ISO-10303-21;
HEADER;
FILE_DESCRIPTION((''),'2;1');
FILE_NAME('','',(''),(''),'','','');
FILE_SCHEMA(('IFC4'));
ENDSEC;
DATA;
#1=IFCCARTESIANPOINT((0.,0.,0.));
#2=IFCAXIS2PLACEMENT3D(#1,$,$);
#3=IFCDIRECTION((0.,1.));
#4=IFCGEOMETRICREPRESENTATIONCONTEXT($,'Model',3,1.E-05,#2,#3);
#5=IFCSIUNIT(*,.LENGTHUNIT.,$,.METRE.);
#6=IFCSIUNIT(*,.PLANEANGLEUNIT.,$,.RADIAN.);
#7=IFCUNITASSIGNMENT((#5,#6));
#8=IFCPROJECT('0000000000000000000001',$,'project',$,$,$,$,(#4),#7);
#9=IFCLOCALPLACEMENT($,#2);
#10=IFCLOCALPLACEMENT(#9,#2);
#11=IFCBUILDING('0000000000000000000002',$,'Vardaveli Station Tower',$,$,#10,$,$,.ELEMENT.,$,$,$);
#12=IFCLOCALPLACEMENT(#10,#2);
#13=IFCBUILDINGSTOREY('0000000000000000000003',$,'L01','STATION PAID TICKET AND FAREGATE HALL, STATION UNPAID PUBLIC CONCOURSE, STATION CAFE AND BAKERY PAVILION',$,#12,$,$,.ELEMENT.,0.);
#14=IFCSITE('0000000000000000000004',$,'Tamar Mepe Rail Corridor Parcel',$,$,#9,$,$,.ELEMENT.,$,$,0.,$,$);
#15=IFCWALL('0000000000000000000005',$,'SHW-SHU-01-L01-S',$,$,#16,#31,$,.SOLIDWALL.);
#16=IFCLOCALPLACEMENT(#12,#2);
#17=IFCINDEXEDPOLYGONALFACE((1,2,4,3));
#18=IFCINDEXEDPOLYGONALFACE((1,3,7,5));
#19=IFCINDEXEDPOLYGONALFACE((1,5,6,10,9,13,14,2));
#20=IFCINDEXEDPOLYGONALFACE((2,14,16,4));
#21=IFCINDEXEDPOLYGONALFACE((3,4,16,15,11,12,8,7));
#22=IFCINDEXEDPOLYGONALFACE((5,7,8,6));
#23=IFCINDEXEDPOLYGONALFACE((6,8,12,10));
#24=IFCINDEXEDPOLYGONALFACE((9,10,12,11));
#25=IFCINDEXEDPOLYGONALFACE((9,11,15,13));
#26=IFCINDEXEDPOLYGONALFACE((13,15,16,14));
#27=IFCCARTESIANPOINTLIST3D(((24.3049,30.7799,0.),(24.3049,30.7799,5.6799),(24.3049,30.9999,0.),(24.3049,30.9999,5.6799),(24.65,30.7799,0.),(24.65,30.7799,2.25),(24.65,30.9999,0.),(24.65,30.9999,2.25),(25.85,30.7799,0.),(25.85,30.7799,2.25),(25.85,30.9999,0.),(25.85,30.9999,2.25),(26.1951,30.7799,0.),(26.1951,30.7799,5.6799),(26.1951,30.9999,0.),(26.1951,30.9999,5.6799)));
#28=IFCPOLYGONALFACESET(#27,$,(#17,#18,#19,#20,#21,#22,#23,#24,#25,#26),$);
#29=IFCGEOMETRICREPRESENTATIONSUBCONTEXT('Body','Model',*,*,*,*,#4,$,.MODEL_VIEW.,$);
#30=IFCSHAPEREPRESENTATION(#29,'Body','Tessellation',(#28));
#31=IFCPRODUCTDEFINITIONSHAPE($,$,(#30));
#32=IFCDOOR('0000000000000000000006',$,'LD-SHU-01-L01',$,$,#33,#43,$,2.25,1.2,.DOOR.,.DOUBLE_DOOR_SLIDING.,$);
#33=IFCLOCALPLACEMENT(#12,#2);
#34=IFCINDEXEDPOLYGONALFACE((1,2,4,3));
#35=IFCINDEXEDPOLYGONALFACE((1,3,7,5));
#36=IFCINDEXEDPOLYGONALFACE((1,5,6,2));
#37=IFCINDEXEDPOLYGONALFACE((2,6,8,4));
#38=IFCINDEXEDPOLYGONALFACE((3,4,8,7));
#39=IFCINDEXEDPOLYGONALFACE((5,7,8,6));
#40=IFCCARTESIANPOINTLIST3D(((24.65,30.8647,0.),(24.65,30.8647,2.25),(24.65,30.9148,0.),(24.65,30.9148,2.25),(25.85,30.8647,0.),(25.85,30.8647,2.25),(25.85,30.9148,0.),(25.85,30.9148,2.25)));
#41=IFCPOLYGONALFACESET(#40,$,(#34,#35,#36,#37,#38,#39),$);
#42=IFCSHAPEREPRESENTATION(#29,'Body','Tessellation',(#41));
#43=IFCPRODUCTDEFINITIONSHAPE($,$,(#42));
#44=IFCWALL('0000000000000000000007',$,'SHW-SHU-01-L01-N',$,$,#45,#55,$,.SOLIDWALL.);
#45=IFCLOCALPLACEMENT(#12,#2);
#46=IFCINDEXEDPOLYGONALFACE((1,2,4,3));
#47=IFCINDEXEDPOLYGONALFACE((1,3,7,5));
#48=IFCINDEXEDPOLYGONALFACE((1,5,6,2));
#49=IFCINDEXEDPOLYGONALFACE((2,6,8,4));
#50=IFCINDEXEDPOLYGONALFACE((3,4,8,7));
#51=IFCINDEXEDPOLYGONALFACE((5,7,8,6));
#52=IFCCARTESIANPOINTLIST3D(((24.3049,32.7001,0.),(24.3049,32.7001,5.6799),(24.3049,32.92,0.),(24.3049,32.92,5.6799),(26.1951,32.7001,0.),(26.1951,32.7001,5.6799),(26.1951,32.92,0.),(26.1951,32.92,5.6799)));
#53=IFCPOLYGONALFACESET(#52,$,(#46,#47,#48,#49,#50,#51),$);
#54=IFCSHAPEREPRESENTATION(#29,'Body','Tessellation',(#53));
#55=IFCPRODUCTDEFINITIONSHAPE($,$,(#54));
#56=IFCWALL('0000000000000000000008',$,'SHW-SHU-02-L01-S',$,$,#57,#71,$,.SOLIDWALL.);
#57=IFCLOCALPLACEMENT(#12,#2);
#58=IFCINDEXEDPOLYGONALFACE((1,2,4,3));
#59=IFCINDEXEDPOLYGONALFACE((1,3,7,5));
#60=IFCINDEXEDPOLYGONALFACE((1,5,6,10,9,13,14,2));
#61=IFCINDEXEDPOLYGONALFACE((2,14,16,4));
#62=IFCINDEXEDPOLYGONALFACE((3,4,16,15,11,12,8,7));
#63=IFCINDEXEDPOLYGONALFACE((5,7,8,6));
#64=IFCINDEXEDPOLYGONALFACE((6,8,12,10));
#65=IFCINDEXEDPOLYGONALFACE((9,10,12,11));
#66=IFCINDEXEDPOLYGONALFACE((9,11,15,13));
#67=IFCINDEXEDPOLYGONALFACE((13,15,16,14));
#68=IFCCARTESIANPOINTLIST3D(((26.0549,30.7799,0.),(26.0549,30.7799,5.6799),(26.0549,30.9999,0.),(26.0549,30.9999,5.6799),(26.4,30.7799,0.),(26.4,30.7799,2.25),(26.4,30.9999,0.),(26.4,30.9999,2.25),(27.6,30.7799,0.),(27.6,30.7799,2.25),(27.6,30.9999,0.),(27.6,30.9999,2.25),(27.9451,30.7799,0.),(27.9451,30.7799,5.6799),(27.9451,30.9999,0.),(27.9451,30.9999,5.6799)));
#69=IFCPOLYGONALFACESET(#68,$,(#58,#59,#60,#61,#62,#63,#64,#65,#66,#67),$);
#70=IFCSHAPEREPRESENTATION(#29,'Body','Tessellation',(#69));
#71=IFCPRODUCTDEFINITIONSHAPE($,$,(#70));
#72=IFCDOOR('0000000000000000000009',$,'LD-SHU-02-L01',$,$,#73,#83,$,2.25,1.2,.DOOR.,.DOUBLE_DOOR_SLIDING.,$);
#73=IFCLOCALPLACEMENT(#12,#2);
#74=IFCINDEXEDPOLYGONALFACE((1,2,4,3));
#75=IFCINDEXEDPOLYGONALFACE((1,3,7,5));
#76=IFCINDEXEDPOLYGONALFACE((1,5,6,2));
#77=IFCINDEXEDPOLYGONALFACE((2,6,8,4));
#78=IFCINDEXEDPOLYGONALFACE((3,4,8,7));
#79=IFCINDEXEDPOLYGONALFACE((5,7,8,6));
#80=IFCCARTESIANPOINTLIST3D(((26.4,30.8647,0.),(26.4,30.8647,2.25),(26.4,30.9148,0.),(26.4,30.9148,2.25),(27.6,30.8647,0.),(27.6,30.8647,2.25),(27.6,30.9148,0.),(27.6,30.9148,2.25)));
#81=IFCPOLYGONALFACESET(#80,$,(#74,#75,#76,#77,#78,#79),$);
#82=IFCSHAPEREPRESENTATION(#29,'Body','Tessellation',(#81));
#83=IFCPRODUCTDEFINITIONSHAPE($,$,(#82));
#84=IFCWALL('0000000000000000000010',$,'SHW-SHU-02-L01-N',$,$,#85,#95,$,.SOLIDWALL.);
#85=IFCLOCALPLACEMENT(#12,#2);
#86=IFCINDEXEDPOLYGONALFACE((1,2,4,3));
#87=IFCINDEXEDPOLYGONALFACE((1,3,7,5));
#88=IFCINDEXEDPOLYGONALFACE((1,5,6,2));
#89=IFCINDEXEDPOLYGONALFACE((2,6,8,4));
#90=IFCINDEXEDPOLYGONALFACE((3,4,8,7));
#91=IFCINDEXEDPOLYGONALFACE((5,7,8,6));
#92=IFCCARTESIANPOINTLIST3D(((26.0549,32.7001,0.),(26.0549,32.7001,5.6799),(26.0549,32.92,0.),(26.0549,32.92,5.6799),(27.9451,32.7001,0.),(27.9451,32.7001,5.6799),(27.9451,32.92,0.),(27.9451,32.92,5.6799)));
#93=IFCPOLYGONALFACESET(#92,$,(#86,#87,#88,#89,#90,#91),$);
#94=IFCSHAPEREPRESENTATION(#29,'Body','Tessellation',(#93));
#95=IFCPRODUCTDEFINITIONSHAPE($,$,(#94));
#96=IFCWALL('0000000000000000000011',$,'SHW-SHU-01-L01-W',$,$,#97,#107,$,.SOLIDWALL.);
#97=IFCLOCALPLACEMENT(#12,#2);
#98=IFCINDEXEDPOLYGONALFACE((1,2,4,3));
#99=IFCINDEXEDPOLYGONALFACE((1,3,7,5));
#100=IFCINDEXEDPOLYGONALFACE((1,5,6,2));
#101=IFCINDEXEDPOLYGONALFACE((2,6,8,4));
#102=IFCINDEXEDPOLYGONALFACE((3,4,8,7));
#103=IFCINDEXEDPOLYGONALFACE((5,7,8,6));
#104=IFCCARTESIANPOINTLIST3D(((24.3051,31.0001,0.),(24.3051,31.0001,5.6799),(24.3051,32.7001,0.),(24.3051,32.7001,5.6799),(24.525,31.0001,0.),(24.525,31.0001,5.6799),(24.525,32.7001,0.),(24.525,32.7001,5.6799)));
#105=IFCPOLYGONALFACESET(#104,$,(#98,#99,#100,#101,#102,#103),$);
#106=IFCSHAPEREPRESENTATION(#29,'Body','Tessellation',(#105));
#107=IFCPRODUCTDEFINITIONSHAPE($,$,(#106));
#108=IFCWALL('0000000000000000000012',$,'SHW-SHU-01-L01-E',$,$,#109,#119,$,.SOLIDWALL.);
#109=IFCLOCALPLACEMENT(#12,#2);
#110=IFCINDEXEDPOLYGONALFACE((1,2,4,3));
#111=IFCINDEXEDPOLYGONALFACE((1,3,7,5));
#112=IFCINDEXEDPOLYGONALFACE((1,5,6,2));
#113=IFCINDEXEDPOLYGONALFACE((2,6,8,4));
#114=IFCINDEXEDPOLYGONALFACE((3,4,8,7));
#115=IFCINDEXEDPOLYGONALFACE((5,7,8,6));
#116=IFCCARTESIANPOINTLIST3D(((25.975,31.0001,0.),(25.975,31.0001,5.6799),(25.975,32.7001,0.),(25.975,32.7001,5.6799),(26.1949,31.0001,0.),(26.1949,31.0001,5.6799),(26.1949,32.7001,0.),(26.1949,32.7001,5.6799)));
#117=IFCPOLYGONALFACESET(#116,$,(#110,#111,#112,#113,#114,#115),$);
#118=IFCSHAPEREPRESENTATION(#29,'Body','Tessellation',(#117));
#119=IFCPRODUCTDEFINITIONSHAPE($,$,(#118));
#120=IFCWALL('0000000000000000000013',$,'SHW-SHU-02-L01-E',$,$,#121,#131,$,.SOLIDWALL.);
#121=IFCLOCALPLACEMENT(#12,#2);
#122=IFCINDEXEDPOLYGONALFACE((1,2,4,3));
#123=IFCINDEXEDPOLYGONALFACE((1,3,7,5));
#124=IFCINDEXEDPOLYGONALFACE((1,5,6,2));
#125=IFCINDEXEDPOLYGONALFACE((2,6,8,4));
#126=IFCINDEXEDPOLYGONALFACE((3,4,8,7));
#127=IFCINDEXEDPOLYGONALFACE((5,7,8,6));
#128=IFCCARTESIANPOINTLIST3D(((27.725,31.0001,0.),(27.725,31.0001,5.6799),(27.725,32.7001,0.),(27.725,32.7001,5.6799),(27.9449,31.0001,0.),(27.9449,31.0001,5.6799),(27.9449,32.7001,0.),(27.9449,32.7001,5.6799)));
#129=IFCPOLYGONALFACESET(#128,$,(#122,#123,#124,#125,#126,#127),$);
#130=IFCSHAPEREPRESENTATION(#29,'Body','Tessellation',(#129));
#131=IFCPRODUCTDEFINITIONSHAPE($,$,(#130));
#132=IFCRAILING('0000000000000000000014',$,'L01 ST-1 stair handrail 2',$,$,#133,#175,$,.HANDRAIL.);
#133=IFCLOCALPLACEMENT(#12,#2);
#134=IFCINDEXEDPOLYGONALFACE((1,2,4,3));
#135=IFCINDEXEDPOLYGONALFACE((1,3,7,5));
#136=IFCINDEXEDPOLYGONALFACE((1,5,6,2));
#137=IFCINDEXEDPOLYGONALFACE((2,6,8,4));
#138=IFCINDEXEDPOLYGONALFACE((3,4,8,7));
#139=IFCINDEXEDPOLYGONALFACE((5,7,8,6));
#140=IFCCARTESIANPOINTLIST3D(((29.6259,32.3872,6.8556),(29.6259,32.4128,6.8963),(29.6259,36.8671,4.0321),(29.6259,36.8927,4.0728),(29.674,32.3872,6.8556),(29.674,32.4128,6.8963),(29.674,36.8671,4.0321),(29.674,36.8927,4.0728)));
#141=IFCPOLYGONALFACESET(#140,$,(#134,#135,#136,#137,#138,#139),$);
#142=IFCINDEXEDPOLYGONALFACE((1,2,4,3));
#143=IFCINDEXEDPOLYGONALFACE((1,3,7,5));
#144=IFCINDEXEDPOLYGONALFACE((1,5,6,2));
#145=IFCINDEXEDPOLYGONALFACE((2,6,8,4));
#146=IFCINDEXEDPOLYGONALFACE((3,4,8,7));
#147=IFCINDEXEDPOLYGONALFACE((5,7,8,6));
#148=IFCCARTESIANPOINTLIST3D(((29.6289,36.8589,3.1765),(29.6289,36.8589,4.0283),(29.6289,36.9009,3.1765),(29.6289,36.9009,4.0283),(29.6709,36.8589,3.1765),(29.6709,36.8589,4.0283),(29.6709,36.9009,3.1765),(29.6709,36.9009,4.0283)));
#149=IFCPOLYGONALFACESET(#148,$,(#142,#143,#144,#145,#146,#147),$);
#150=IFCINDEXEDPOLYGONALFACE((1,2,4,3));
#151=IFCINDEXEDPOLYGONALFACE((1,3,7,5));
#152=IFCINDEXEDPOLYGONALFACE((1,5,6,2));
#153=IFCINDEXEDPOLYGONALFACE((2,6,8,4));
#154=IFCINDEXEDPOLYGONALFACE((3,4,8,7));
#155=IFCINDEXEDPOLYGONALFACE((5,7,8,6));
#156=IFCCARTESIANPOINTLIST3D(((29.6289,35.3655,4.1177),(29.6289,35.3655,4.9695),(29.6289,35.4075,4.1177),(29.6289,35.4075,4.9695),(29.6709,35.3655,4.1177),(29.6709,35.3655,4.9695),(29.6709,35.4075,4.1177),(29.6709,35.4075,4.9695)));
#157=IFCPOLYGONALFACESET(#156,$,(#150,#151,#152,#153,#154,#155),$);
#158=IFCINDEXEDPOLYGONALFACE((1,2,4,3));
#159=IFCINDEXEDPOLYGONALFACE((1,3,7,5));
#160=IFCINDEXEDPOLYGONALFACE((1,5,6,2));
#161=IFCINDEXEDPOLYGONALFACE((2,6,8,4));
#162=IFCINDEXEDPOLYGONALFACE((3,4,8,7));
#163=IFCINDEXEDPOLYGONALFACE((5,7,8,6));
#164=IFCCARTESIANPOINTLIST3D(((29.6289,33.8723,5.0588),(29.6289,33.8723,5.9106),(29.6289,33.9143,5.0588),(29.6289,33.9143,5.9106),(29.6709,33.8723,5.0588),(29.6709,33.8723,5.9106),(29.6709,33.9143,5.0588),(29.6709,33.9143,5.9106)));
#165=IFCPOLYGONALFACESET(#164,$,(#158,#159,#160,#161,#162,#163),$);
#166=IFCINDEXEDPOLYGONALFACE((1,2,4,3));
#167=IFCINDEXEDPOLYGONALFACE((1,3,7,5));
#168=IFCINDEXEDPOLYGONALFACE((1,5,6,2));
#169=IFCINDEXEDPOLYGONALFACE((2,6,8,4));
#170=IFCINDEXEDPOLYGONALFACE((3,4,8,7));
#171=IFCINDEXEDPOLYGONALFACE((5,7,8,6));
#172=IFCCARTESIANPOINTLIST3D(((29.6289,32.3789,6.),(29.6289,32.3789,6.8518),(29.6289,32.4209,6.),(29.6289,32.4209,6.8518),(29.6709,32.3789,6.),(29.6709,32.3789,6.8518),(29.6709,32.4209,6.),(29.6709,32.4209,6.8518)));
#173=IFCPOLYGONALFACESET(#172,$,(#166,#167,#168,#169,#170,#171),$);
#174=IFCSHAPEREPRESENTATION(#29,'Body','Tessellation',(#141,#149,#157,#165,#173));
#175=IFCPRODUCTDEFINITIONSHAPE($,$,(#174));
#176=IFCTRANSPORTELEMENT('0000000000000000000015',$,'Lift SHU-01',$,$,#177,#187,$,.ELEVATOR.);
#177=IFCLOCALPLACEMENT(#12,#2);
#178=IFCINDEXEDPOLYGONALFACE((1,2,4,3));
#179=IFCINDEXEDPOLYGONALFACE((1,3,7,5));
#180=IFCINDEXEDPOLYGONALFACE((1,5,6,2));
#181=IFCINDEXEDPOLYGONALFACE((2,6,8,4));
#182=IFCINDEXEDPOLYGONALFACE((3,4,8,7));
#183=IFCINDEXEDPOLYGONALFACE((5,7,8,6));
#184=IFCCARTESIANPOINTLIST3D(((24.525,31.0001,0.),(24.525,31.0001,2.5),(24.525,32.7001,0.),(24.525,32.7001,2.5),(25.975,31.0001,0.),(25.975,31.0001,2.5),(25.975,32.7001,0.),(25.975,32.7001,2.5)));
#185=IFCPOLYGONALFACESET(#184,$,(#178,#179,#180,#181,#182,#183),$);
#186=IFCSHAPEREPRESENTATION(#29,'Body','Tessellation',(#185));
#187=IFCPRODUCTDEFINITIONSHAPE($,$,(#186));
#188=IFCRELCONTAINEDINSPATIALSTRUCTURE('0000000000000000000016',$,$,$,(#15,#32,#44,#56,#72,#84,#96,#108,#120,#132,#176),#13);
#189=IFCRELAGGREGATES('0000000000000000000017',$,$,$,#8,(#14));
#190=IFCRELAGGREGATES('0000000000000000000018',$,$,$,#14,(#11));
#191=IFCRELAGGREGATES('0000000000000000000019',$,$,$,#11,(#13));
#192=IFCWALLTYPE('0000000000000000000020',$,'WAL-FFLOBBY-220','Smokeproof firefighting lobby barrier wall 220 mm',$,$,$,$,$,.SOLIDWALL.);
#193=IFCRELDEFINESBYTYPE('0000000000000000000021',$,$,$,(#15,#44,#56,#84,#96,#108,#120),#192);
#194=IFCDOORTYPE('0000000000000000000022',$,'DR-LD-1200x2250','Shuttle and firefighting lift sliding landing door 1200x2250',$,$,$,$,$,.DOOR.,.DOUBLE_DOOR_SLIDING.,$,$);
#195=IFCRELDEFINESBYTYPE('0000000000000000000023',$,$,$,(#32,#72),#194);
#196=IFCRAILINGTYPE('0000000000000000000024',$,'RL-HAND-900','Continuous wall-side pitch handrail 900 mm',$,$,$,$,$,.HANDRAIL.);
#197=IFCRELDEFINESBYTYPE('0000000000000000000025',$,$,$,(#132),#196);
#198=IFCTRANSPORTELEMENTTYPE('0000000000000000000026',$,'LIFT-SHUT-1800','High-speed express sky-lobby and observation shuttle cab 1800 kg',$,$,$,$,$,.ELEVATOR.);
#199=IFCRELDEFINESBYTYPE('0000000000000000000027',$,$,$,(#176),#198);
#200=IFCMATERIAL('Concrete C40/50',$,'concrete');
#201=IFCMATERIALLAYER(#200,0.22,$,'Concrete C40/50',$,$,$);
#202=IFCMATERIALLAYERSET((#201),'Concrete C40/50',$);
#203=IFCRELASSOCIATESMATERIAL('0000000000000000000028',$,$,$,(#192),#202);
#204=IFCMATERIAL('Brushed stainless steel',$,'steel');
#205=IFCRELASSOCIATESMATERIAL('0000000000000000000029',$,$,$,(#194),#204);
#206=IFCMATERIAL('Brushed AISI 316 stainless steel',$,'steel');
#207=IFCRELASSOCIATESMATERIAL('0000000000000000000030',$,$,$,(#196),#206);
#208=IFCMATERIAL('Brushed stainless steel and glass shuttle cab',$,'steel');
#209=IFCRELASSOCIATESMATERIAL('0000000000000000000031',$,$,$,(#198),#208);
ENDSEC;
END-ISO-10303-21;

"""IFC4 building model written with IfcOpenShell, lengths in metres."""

from ifc_helpers import new_model, si_unit, direction, frame, frame_2d, origin, origin_2d, place, context, subcontext, project, spatial, rectangle, extrude, source, transform, mapped, material, layer, layer_set, type_object, element, fill, save


model = new_model("IFC4")

# Units and contexts
model_context = context("Model", 3, precision=1e-05, world=origin(), true_north=direction((0.0, 1.0)))
body_context = subcontext(model_context, "Body", "Model", "MODEL_VIEW")
ifc_project = project(units=[si_unit("LENGTHUNIT", "METRE"), si_unit("PLANEANGLEUNIT", "RADIAN")], contexts=[model_context])

# Site, building, storey
site_placement = place(None, origin())
site = spatial("IfcSite", under=ifc_project, at=site_placement, Name="Tamar Mepe Rail Corridor Parcel", CompositionType="ELEMENT", RefElevation=0.0)
building_placement = place(site_placement, origin())
building = spatial("IfcBuilding", under=site, at=building_placement, Name="Vardaveli Station Tower", CompositionType="ELEMENT")
storey_placement = place(building_placement, origin())
storey = spatial("IfcBuildingStorey", under=building, at=storey_placement, Name="L01", Description="STATION PAID TICKET AND FAREGATE HALL, STATION UNPAID PUBLIC CONCOURSE, STATION CAFE AND BAKERY PAVILION", CompositionType="ELEMENT", Elevation=0.0)

# Shared definitions
ifc_material_1 = material(Name="Concrete C40/50", Category="concrete")

# Wall, opening, door
ifc_layer_1 = layer(ifc_material_1, 0.22, Name="Concrete C40/50")
ifc_layer_set_1 = layer_set([ifc_layer_1], Name="Concrete C40/50")
wall_type_1 = type_object("IfcWallType", Name="WAL-FFLOBBY-220", Description="Smokeproof firefighting lobby barrier wall 220 mm", PredefinedType="SOLIDWALL", material=ifc_layer_set_1)
shared_shape_1 = source(origin(), body_context, "Body", "SweptSolid", [
    extrude(rectangle(XDim=1.8901, YDim=0.22, at=frame_2d((0.9451, 0.0))), origin(), (0.0, 0.0, 1.0), 5.6799),
])
wall_1_placement = place(storey_placement, frame((24.3049, 30.8899, 0.0), z_axis=(0.0, 0.0, 1.0), x_axis=(1.0, 0.0, 0.0)))
wall_1 = element("IfcWall", 1, at=wall_1_placement, inside=storey, type_object=wall_type_1, Name="SHW-SHU-01-L01-S", PredefinedType="SOLIDWALL", context=body_context, shape_type="MappedRepresentation", body=[
    mapped(shared_shape_1, transform((0.0, 0.0, 0.0), scale=1.0)),
])
shared_shape_2 = source(origin(), body_context, "Body", "SweptSolid", [
    extrude(rectangle(XDim=1.2, YDim=2.25, at=frame_2d((0.6001, 1.125))), frame((0.0, 0.1201, 0.0), z_axis=(0.0, -1.0, 0.0), x_axis=(1.0, 0.0, 0.0)), (0.0, 0.0, 1.0), 0.24),
])
opening_1_placement = place(wall_1_placement, frame((0.345, 0.0, 0.0)))
opening_1 = element("IfcOpeningElement", 2, at=opening_1_placement, cuts=wall_1, PredefinedType="OPENING", context=body_context, shape_type="MappedRepresentation", body=[
    mapped(shared_shape_2, transform((0.0, 0.0, 0.0), scale=1.0)),
])
ifc_material_2 = material(Name="Brushed stainless steel", Category="steel")
door_type_1 = type_object("IfcDoorType", Name="DR-LD-1200x2250", Description="Shuttle and firefighting lift sliding landing door 1200x2250", OperationType="DOUBLE_DOOR_SLIDING", PredefinedType="DOOR", material=ifc_material_2)
shared_shape_3 = source(origin(), body_context, "Body", "SweptSolid", [
    extrude(rectangle(XDim=1.2, YDim=2.25, at=frame_2d((0.6001, 1.125))), frame((0.0, 0.0249, 0.0), z_axis=(0.0, -1.0, 0.0), x_axis=(1.0, 0.0, 0.0)), (0.0, 0.0, 1.0), 0.05),
])
door_1_placement = place(opening_1_placement, origin())
door_1 = element("IfcDoor", 3, at=door_1_placement, inside=storey, type_object=door_type_1, Name="LD-SHU-01-L01", OperationType="DOUBLE_DOOR_SLIDING", OverallHeight=2.25, OverallWidth=1.2, PredefinedType="DOOR", context=body_context, shape_type="MappedRepresentation", body=[
    mapped(shared_shape_3, transform((0.0, 0.0, 0.0), scale=1.0)),
])
fill(opening_1, door_1)

# Wall
wall_2_placement = place(storey_placement, frame((24.3049, 32.8101, 0.0), z_axis=(0.0, 0.0, 1.0), x_axis=(1.0, 0.0, 0.0)))
element("IfcWall", 4, at=wall_2_placement, inside=storey, type_object=wall_type_1, Name="SHW-SHU-01-L01-N", PredefinedType="SOLIDWALL", context=body_context, shape_type="MappedRepresentation", body=[
    mapped(shared_shape_1, transform((0.0, 0.0, 0.0), scale=1.0)),
])

# Wall, opening, door
wall_3_placement = place(storey_placement, frame((26.0549, 30.8899, 0.0), z_axis=(0.0, 0.0, 1.0), x_axis=(1.0, 0.0, 0.0)))
wall_3 = element("IfcWall", 5, at=wall_3_placement, inside=storey, type_object=wall_type_1, Name="SHW-SHU-02-L01-S", PredefinedType="SOLIDWALL", context=body_context, shape_type="MappedRepresentation", body=[
    mapped(shared_shape_1, transform((0.0, 0.0, 0.0), scale=1.0)),
])
opening_2_placement = place(wall_3_placement, frame((0.345, 0.0, 0.0)))
opening_2 = element("IfcOpeningElement", 6, at=opening_2_placement, cuts=wall_3, PredefinedType="OPENING", context=body_context, shape_type="MappedRepresentation", body=[
    mapped(shared_shape_2, transform((0.0, 0.0, 0.0), scale=1.0)),
])
door_2_placement = place(opening_2_placement, origin())
door_2 = element("IfcDoor", 7, at=door_2_placement, inside=storey, type_object=door_type_1, Name="LD-SHU-02-L01", OperationType="DOUBLE_DOOR_SLIDING", OverallHeight=2.25, OverallWidth=1.2, PredefinedType="DOOR", context=body_context, shape_type="MappedRepresentation", body=[
    mapped(shared_shape_3, transform((0.0, 0.0, 0.0), scale=1.0)),
])
fill(opening_2, door_2)

# Walls
wall_4_placement = place(storey_placement, frame((26.0549, 32.8101, 0.0), z_axis=(0.0, 0.0, 1.0), x_axis=(1.0, 0.0, 0.0)))
element("IfcWall", 8, at=wall_4_placement, inside=storey, type_object=wall_type_1, Name="SHW-SHU-02-L01-N", PredefinedType="SOLIDWALL", context=body_context, shape_type="MappedRepresentation", body=[
    mapped(shared_shape_1, transform((0.0, 0.0, 0.0), scale=1.0)),
])
shared_shape_4 = source(origin(), body_context, "Body", "SweptSolid", [
    extrude(rectangle(XDim=1.7, YDim=0.22, at=frame_2d((0.8501, 0.0))), origin(), (0.0, 0.0, 1.0), 5.6799),
])
for number, where, z_axis, x_axis, name in (
    (9, (24.415, 31.0, 0.0), (0.0, 0.0, 1.0), (0.0, 1.0, 0.0), "SHW-SHU-01-L01-W"),
    (10, (26.085, 31.0, 0.0), (0.0, 0.0, 1.0), (0.0, 1.0, 0.0), "SHW-SHU-01-L01-E"),
    (11, (27.835, 31.0, 0.0), (0.0, 0.0, 1.0), (0.0, 1.0, 0.0), "SHW-SHU-02-L01-E"),
):
    element("IfcWall", number, at=place(storey_placement, frame(where, z_axis=z_axis, x_axis=x_axis)), inside=storey, type_object=wall_type_1, Name=name, PredefinedType="SOLIDWALL", context=body_context, shape_type="MappedRepresentation", body=[
        mapped(shared_shape_4, transform((0.0, 0.0, 0.0), scale=1.0)),
    ])

# Railing
ifc_material_3 = material(Name="Brushed AISI 316 stainless steel", Category="steel")
railing_type = type_object("IfcRailingType", Name="RL-HAND-900", Description="Continuous wall-side pitch handrail 900 mm", PredefinedType="HANDRAIL", material=ifc_material_3)
shared_shape_5 = source(origin(), body_context, "Body", "SweptSolid", [
    extrude(rectangle(XDim=0.0481, YDim=0.0481, at=origin_2d()), frame((0.0, 0.0, 0.876), z_axis=(0.0, -0.845998, 0.533186), x_axis=(1.0, 0.0, 0.0)), (0.0, 0.0, 1.0), 5.2954),
    extrude(rectangle(XDim=0.042, YDim=0.042, at=origin_2d()), origin(), (0.0, 0.0, 1.0), 0.8518),
    extrude(rectangle(XDim=0.042, YDim=0.042, at=origin_2d()), frame((0.0, -1.4934, 0.9412)), (0.0, 0.0, 1.0), 0.8518),
    extrude(rectangle(XDim=0.042, YDim=0.042, at=origin_2d()), frame((0.0, -2.9866, 1.8823)), (0.0, 0.0, 1.0), 0.8518),
    extrude(rectangle(XDim=0.042, YDim=0.042, at=origin_2d()), frame((0.0, -4.48, 2.8235)), (0.0, 0.0, 1.0), 0.8518),
])
railing_placement = place(storey_placement, frame((29.6499, 36.8799, 3.1765)))
element("IfcRailing", 12, at=railing_placement, inside=storey, type_object=railing_type, Name="L01 ST-1 stair handrail 2", PredefinedType="HANDRAIL", context=body_context, shape_type="MappedRepresentation", body=[
    mapped(shared_shape_5, transform((0.0, 0.0, 0.0), scale=1.0)),
])

# Transport element
ifc_material_4 = material(Name="Brushed stainless steel and glass shuttle cab", Category="steel")
transport_element_type = type_object("IfcTransportElementType", Name="LIFT-SHUT-1800", Description="High-speed express sky-lobby and observation shuttle cab 1800 kg", PredefinedType="ELEVATOR", material=ifc_material_4)
shared_shape_6 = source(origin(), body_context, "Body", "SweptSolid", [
    extrude(rectangle(XDim=1.45, YDim=1.7, at=origin_2d()), origin(), (0.0, 0.0, 1.0), 2.5),
])
for number, where, z_axis, x_axis, name in (
    (13, (25.25, 31.8501, 0.0), (0.0, 0.0, 1.0), (1.0, 0.0, 0.0), "Lift SHU-01"),
):
    element("IfcTransportElement", number, at=place(storey_placement, frame(where, z_axis=z_axis, x_axis=x_axis)), inside=storey, type_object=transport_element_type, Name=name, PredefinedType="ELEVATOR", context=body_context, shape_type="MappedRepresentation", body=[
        mapped(shared_shape_6, transform((0.0, 0.0, 0.0), scale=1.0)),
    ])

save(model, "model.ifc")
